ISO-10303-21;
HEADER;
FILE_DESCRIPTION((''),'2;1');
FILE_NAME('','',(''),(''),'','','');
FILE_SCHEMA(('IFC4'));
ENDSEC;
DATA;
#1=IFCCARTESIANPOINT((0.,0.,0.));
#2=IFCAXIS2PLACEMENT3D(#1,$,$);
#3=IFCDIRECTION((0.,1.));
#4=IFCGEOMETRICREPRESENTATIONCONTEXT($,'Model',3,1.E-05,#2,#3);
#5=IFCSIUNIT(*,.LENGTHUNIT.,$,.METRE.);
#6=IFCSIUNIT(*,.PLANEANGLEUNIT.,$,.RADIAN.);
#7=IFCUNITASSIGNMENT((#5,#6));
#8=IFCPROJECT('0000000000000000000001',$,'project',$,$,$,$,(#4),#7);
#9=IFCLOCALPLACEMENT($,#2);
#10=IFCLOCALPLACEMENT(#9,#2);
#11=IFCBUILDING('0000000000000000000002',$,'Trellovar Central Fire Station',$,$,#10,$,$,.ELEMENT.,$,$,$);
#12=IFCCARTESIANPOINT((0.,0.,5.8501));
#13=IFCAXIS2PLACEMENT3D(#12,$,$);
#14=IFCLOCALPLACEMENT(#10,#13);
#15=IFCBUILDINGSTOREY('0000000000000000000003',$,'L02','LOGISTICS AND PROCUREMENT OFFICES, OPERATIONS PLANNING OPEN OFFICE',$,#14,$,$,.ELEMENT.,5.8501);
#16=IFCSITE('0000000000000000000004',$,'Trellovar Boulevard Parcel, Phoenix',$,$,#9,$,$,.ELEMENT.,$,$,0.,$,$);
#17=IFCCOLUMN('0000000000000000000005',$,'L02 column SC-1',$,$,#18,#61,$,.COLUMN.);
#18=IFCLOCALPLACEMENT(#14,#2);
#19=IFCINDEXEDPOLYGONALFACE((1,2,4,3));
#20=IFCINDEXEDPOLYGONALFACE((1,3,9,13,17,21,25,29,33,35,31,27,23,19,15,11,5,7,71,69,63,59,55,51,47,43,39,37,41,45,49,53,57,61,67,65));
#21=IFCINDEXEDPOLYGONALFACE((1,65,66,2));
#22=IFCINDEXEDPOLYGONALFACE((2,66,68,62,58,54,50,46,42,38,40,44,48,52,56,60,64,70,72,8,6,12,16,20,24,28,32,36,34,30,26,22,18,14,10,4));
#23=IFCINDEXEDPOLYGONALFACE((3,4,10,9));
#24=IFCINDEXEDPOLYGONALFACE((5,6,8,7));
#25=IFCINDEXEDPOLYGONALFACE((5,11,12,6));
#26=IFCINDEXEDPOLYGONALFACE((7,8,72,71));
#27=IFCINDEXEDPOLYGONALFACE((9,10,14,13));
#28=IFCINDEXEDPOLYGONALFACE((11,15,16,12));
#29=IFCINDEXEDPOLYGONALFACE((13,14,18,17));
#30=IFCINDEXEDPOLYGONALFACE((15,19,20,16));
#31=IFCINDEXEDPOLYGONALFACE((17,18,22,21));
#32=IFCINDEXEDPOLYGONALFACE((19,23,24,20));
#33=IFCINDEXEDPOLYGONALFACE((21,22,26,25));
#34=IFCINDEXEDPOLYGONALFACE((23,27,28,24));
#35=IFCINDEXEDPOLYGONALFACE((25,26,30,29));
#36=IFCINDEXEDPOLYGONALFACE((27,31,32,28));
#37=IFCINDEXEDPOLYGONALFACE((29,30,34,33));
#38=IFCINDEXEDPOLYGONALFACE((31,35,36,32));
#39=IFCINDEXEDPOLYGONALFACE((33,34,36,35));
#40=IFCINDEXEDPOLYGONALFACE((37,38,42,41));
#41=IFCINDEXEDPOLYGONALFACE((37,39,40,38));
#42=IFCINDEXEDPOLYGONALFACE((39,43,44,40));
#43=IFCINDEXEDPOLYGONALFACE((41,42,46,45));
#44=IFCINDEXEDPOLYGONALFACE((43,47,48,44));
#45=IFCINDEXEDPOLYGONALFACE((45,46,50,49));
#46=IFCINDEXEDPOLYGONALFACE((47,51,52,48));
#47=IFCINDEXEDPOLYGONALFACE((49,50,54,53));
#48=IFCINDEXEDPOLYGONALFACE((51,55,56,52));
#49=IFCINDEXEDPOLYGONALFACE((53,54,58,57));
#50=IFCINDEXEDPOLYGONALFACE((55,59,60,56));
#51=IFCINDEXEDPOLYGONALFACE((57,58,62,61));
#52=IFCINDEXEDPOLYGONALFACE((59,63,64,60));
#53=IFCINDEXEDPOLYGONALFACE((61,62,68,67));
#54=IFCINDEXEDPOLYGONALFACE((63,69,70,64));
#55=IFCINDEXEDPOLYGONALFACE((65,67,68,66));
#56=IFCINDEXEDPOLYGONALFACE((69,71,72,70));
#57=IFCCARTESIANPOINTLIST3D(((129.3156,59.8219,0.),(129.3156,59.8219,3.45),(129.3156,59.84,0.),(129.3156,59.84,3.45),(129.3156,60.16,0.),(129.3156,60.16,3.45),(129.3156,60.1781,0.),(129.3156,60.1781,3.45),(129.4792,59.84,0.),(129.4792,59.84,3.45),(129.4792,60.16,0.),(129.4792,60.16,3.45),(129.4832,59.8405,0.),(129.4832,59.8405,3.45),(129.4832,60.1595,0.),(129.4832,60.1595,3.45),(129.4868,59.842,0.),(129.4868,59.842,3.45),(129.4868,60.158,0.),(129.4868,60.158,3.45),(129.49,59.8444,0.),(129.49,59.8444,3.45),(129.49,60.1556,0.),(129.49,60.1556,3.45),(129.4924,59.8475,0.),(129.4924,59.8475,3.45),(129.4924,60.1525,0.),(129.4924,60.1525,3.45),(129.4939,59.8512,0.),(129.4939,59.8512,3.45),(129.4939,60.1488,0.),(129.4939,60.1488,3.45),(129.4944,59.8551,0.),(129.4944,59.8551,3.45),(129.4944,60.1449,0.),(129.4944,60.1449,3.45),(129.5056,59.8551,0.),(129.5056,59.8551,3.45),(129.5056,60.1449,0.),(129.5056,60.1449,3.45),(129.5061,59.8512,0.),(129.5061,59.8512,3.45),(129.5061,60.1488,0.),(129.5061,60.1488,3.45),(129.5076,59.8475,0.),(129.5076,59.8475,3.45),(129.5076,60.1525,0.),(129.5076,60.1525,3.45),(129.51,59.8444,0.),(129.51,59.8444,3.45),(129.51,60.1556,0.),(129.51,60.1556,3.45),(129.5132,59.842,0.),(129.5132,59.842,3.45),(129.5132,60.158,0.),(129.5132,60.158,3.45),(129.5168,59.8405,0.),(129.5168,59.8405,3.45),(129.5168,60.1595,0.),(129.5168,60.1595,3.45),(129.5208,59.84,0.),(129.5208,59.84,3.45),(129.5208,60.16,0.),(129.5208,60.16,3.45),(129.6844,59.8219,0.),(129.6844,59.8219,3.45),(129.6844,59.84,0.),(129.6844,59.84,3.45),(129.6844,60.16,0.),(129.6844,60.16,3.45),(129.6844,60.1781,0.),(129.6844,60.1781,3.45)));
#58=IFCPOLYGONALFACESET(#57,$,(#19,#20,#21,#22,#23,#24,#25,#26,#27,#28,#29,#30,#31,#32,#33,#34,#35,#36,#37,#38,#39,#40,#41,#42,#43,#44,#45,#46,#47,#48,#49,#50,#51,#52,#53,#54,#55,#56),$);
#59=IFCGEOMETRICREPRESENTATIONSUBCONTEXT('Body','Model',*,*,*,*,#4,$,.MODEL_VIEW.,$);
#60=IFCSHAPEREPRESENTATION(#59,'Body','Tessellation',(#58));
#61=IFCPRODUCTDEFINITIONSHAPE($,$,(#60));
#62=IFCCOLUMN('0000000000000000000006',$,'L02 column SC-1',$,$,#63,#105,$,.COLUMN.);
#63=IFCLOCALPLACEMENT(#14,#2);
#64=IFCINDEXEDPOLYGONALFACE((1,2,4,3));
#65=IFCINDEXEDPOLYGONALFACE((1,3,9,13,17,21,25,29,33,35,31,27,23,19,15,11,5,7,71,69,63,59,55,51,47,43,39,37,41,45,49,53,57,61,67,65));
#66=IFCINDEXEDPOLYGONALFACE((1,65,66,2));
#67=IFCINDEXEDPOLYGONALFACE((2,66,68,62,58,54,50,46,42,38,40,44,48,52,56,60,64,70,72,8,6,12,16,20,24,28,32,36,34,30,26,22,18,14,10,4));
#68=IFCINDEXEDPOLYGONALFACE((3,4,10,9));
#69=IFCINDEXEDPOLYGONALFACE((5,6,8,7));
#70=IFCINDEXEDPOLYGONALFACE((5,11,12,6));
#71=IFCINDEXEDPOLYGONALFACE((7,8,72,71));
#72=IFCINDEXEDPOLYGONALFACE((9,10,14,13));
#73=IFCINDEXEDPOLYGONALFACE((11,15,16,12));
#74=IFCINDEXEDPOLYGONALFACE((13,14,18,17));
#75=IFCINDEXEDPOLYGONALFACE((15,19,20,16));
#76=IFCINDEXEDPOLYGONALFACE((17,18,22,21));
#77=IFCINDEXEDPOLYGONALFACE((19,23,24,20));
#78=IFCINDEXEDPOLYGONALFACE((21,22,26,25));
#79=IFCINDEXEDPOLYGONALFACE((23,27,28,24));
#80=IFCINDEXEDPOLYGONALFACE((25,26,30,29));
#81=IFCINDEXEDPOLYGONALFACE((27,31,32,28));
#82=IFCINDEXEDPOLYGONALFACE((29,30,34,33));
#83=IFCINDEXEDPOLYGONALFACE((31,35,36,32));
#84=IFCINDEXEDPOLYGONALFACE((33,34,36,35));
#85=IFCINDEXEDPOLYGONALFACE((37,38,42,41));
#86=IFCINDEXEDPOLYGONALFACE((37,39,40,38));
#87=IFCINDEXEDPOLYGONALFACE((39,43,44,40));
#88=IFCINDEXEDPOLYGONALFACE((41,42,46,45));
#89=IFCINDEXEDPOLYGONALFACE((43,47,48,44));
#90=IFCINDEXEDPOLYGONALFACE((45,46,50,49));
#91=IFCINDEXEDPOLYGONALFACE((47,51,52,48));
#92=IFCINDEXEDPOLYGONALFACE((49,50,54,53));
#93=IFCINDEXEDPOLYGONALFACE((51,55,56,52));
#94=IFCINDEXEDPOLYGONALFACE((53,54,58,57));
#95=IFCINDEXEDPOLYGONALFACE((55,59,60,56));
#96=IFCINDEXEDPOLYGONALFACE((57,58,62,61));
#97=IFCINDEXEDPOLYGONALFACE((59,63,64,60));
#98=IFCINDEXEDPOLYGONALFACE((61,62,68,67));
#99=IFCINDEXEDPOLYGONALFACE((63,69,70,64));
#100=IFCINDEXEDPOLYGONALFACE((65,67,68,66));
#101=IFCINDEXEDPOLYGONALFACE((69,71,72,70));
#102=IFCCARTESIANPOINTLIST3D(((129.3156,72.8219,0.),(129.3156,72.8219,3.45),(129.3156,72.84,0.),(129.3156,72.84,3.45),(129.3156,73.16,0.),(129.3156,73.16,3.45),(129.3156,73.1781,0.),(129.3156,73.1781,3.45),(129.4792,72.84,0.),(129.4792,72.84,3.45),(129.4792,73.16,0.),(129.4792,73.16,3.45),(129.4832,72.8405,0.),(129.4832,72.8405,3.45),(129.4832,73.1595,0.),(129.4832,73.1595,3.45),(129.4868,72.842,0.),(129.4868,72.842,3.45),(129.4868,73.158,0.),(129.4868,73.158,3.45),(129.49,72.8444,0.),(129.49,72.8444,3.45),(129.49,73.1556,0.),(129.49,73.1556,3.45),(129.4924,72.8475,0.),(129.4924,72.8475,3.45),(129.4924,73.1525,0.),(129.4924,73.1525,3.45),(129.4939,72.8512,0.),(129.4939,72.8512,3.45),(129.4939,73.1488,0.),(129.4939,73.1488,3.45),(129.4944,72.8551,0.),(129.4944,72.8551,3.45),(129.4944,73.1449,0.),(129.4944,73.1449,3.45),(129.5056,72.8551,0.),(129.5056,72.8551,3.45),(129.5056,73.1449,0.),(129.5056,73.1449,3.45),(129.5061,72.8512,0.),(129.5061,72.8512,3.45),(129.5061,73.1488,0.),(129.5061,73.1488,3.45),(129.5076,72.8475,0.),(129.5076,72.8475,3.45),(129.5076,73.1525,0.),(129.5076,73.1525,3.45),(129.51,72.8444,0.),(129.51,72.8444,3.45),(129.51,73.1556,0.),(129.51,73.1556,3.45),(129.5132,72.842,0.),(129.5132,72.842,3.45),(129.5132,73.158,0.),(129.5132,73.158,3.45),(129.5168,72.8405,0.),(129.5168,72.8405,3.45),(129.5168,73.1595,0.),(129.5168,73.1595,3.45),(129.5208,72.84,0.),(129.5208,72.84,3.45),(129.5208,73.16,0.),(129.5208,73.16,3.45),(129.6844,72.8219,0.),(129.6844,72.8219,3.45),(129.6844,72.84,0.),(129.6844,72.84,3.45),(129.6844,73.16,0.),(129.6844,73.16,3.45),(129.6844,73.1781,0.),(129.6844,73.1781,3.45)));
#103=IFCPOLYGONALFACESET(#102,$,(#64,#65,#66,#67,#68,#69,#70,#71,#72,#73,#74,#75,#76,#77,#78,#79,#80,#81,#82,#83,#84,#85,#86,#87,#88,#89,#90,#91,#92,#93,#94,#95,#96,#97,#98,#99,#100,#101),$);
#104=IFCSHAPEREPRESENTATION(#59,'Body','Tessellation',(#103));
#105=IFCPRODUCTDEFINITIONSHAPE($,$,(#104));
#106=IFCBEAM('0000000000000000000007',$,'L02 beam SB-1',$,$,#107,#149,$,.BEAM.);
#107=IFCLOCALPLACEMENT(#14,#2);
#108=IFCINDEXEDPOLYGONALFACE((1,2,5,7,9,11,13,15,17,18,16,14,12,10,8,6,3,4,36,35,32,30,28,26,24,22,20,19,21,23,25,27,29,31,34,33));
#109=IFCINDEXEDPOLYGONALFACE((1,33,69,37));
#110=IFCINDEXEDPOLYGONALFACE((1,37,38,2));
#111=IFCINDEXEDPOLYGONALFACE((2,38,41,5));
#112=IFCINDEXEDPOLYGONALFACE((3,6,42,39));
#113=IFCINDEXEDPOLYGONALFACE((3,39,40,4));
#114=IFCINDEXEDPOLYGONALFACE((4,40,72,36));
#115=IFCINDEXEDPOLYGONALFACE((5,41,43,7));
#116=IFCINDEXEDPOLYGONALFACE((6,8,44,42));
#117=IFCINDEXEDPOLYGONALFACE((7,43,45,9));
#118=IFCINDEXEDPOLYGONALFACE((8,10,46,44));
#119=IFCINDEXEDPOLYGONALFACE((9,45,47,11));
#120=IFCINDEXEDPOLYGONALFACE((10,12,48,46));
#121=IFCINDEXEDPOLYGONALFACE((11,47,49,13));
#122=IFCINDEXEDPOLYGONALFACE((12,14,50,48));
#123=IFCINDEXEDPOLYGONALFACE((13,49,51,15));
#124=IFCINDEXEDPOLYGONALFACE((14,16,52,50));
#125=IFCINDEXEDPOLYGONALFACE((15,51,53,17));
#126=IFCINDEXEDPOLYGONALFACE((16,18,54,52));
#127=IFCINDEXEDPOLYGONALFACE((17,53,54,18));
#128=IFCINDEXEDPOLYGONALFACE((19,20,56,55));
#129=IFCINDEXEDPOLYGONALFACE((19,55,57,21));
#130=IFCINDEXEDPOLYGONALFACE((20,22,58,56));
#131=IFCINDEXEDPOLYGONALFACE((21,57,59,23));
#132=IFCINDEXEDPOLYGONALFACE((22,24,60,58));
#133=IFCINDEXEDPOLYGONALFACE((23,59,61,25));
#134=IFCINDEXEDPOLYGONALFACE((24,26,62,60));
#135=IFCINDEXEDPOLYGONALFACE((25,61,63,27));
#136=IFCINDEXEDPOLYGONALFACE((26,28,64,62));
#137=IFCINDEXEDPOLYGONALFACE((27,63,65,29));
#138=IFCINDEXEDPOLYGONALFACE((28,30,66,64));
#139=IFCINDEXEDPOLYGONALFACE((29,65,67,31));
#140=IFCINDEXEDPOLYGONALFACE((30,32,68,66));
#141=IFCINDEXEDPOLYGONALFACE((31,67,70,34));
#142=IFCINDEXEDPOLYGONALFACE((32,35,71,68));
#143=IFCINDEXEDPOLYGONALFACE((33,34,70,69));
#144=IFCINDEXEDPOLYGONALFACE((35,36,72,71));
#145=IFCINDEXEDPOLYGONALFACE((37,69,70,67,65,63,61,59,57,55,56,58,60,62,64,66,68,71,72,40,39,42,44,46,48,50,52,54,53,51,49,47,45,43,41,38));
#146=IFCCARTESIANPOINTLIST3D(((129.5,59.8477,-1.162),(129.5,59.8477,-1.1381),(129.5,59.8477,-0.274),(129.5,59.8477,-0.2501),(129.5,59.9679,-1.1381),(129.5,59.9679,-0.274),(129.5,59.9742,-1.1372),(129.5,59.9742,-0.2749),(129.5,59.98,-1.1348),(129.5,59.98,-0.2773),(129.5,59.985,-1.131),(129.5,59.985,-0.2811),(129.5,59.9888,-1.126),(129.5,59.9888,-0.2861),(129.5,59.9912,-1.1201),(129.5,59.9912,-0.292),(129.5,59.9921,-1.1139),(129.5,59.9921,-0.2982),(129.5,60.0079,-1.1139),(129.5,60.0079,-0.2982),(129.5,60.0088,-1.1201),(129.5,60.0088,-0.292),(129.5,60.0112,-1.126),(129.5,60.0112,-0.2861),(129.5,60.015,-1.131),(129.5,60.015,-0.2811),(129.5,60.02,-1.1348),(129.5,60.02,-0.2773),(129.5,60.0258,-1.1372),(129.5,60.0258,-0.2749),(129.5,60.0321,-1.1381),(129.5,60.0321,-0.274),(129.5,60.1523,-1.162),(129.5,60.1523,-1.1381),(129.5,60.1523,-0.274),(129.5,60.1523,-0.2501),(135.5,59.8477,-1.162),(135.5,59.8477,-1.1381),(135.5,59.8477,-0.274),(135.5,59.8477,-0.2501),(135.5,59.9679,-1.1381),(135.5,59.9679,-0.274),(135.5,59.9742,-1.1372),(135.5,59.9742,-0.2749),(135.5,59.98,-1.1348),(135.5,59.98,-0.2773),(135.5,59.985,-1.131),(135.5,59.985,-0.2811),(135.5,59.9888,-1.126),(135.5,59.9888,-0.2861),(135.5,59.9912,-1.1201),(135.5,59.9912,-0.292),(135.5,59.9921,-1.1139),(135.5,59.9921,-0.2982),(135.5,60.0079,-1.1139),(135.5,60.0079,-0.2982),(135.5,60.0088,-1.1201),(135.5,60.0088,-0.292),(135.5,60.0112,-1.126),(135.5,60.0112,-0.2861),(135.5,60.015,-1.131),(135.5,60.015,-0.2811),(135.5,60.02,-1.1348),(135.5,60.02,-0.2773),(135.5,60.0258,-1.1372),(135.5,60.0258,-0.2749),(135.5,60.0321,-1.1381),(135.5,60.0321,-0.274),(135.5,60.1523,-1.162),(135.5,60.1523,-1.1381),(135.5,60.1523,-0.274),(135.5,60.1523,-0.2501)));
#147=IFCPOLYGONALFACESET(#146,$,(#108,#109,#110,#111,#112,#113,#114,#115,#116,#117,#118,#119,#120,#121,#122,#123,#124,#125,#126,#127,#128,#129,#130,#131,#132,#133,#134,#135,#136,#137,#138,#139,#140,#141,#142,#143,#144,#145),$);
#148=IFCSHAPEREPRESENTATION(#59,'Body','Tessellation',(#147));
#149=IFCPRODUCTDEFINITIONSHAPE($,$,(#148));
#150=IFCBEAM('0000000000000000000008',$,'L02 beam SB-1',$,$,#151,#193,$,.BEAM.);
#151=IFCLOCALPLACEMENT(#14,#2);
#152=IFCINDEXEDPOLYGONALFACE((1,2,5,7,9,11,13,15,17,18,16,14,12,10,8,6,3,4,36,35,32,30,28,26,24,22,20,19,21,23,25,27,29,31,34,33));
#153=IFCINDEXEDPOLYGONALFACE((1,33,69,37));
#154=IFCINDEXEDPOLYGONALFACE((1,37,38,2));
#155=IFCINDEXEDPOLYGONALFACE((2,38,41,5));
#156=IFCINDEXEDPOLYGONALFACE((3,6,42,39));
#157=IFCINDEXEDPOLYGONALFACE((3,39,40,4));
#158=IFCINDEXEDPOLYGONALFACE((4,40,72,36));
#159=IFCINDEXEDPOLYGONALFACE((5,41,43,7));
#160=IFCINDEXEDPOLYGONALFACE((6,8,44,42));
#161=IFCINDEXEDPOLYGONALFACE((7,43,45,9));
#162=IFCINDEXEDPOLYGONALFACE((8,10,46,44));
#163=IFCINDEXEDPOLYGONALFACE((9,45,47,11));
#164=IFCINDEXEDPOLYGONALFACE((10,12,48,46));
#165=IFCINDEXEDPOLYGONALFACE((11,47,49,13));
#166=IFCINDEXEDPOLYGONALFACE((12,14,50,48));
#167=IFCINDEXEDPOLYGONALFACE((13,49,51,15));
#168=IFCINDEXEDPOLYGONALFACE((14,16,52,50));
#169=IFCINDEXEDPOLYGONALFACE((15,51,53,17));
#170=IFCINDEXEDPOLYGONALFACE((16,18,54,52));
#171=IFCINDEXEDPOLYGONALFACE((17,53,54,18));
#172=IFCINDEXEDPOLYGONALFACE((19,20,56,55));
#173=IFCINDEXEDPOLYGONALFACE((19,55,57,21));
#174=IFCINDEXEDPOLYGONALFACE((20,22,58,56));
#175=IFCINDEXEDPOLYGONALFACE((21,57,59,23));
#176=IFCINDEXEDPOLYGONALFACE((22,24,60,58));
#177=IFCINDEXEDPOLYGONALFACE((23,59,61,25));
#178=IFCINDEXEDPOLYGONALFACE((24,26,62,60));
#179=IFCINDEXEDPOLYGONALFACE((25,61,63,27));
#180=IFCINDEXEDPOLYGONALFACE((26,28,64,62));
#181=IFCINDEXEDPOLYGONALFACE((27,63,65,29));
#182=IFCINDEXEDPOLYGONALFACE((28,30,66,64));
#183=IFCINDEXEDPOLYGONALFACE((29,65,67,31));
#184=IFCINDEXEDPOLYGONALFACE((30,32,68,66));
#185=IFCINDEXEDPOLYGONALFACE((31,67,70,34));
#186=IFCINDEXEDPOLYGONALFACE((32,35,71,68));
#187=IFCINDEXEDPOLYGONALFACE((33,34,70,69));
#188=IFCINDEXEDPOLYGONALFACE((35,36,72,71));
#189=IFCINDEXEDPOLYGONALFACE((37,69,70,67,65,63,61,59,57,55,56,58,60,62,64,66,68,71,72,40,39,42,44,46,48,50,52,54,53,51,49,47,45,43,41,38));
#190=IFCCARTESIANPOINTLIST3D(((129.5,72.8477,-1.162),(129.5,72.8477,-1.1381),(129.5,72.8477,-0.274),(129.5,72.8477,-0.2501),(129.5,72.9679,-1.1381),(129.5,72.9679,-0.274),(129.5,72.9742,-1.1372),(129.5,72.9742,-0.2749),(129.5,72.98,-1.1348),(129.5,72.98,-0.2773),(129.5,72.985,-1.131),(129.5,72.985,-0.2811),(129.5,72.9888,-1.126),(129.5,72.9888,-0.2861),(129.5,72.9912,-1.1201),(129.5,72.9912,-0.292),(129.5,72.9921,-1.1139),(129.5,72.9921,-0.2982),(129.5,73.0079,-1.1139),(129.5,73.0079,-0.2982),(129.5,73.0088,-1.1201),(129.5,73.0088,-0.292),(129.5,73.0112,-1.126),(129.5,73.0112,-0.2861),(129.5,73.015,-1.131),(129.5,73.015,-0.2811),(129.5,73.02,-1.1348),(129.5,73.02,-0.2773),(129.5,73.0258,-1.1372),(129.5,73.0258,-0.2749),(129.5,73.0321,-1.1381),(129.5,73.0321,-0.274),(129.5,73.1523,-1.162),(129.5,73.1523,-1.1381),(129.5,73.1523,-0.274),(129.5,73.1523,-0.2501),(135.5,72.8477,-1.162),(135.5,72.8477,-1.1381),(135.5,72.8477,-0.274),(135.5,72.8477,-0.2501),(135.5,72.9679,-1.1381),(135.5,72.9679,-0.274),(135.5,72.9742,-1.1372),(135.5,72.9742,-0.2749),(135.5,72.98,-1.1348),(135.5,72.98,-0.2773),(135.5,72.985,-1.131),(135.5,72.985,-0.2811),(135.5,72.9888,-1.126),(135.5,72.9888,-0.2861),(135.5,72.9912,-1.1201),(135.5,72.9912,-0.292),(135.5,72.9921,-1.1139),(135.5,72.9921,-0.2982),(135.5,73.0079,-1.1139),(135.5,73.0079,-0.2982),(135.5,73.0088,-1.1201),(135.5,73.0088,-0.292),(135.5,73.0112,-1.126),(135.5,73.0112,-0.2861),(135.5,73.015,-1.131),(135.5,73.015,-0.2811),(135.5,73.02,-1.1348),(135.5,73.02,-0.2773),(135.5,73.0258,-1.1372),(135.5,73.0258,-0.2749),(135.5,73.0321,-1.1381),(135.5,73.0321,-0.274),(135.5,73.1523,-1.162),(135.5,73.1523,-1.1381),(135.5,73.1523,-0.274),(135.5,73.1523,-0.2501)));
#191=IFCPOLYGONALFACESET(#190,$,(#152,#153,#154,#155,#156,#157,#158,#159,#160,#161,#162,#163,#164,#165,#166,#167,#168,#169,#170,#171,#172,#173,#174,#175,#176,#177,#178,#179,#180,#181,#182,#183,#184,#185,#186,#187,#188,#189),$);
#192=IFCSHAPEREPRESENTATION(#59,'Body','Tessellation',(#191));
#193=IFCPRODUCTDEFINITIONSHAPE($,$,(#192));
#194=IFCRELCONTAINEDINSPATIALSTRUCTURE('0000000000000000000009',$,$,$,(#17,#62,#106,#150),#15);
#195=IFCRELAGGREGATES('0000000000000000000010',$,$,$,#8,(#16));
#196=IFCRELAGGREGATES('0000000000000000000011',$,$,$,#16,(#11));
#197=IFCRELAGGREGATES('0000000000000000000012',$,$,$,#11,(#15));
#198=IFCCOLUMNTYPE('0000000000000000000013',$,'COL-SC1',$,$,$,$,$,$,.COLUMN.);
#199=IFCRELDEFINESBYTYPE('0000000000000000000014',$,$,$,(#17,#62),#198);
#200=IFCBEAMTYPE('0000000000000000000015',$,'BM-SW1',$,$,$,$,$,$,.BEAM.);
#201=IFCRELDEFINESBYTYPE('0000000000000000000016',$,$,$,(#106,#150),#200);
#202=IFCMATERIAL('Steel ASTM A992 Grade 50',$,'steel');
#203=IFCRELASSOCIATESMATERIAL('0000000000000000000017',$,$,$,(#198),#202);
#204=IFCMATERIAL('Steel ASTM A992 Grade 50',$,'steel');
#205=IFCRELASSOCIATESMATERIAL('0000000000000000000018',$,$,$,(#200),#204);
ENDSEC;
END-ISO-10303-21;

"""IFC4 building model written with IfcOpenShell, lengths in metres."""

from ifc_helpers import new_model, si_unit, direction, frame, origin, origin_2d, place, context, subcontext, project, spatial, i_section, extrude, material, material_profile, profile_set, type_object, element, save


model = new_model("IFC4")

# Units and contexts
model_context = context("Model", 3, precision=1e-05, world=origin(), true_north=direction((0.0, 1.0)))
body_context = subcontext(model_context, "Body", "Model", "MODEL_VIEW")
ifc_project = project(units=[si_unit("LENGTHUNIT", "METRE"), si_unit("PLANEANGLEUNIT", "RADIAN")], contexts=[model_context])

# Site, building, storey
site_placement = place(None, origin())
site = spatial("IfcSite", under=ifc_project, at=site_placement, Name="Trellovar Boulevard Parcel, Phoenix", CompositionType="ELEMENT", RefElevation=0.0)
building_placement = place(site_placement, origin())
building = spatial("IfcBuilding", under=site, at=building_placement, Name="Trellovar Central Fire Station", CompositionType="ELEMENT")
storey_placement = place(building_placement, frame((0.0, 0.0, 5.8501)))
storey = spatial("IfcBuildingStorey", under=building, at=storey_placement, Name="L02", Description="LOGISTICS AND PROCUREMENT OFFICES, OPERATIONS PLANNING OPEN OFFICE", CompositionType="ELEMENT", Elevation=5.8501)

# Columns
ifc_material_1 = material(Name="Steel ASTM A992 Grade 50", Category="steel")
ifc_material_profile_1 = material_profile(ifc_material_1, i_section(OverallWidth=0.3689, OverallDepth=0.3562, WebThickness=0.0112, FlangeThickness=0.0181, FilletRadius=0.0151, at=origin_2d()), Name="W14X90")
ifc_profile_set_1 = profile_set([ifc_material_profile_1], Name="Steel ASTM A992 Grade 50")
column_type = type_object("IfcColumnType", Name="COL-SC1", PredefinedType="COLUMN", material=ifc_profile_set_1)
for number, where, z_axis, x_axis, name in (
    (1, (129.5, 60.0, 0.0), (0.0, 0.0, 1.0), (1.0, 0.0, 0.0), "L02 column SC-1"),
    (2, (129.5, 73.0, 0.0), (0.0, 0.0, 1.0), (1.0, 0.0, 0.0), "L02 column SC-1"),
):
    element("IfcColumn", number, at=place(storey_placement, frame(where, z_axis=z_axis, x_axis=x_axis)), inside=storey, type_object=column_type, Name=name, PredefinedType="COLUMN", context=body_context, shape_type="SweptSolid", body=[
        extrude(i_section(OverallWidth=0.3689, OverallDepth=0.3562, WebThickness=0.0112, FlangeThickness=0.0181, FilletRadius=0.0151, at=origin_2d()), origin(), (0.0, 0.0, 1.0), 3.45),
    ])

# Beams
ifc_material_2 = material(Name="Steel ASTM A992 Grade 50", Category="steel")
ifc_material_profile_2 = material_profile(ifc_material_2, i_section(OverallWidth=0.3047, OverallDepth=0.9119, WebThickness=0.0159, FlangeThickness=0.0239, FilletRadius=0.0242, at=origin_2d()), Name="W36X150")
ifc_profile_set_2 = profile_set([ifc_material_profile_2], Name="Steel ASTM A992 Grade 50")
beam_type_1 = type_object("IfcBeamType", Name="BM-SW1", PredefinedType="BEAM", material=ifc_profile_set_2)
for number, where, z_axis, x_axis, name in (
    (3, (129.5, 60.0, -0.7061), (1.0, 0.0, 0.0), (0.0, 1.0, 0.0), "L02 beam SB-1"),
    (4, (129.5, 73.0, -0.7061), (1.0, 0.0, 0.0), (0.0, 1.0, 0.0), "L02 beam SB-1"),
):
    element("IfcBeam", number, at=place(storey_placement, frame(where, z_axis=z_axis, x_axis=x_axis)), inside=storey, type_object=beam_type_1, Name=name, PredefinedType="BEAM", context=body_context, shape_type="SweptSolid", body=[
        extrude(i_section(OverallWidth=0.3047, OverallDepth=0.9119, WebThickness=0.0159, FlangeThickness=0.0239, FilletRadius=0.0242, at=origin_2d()), origin(), (0.0, 0.0, 1.0), 6.0),
    ])

save(model, "model.ifc")
